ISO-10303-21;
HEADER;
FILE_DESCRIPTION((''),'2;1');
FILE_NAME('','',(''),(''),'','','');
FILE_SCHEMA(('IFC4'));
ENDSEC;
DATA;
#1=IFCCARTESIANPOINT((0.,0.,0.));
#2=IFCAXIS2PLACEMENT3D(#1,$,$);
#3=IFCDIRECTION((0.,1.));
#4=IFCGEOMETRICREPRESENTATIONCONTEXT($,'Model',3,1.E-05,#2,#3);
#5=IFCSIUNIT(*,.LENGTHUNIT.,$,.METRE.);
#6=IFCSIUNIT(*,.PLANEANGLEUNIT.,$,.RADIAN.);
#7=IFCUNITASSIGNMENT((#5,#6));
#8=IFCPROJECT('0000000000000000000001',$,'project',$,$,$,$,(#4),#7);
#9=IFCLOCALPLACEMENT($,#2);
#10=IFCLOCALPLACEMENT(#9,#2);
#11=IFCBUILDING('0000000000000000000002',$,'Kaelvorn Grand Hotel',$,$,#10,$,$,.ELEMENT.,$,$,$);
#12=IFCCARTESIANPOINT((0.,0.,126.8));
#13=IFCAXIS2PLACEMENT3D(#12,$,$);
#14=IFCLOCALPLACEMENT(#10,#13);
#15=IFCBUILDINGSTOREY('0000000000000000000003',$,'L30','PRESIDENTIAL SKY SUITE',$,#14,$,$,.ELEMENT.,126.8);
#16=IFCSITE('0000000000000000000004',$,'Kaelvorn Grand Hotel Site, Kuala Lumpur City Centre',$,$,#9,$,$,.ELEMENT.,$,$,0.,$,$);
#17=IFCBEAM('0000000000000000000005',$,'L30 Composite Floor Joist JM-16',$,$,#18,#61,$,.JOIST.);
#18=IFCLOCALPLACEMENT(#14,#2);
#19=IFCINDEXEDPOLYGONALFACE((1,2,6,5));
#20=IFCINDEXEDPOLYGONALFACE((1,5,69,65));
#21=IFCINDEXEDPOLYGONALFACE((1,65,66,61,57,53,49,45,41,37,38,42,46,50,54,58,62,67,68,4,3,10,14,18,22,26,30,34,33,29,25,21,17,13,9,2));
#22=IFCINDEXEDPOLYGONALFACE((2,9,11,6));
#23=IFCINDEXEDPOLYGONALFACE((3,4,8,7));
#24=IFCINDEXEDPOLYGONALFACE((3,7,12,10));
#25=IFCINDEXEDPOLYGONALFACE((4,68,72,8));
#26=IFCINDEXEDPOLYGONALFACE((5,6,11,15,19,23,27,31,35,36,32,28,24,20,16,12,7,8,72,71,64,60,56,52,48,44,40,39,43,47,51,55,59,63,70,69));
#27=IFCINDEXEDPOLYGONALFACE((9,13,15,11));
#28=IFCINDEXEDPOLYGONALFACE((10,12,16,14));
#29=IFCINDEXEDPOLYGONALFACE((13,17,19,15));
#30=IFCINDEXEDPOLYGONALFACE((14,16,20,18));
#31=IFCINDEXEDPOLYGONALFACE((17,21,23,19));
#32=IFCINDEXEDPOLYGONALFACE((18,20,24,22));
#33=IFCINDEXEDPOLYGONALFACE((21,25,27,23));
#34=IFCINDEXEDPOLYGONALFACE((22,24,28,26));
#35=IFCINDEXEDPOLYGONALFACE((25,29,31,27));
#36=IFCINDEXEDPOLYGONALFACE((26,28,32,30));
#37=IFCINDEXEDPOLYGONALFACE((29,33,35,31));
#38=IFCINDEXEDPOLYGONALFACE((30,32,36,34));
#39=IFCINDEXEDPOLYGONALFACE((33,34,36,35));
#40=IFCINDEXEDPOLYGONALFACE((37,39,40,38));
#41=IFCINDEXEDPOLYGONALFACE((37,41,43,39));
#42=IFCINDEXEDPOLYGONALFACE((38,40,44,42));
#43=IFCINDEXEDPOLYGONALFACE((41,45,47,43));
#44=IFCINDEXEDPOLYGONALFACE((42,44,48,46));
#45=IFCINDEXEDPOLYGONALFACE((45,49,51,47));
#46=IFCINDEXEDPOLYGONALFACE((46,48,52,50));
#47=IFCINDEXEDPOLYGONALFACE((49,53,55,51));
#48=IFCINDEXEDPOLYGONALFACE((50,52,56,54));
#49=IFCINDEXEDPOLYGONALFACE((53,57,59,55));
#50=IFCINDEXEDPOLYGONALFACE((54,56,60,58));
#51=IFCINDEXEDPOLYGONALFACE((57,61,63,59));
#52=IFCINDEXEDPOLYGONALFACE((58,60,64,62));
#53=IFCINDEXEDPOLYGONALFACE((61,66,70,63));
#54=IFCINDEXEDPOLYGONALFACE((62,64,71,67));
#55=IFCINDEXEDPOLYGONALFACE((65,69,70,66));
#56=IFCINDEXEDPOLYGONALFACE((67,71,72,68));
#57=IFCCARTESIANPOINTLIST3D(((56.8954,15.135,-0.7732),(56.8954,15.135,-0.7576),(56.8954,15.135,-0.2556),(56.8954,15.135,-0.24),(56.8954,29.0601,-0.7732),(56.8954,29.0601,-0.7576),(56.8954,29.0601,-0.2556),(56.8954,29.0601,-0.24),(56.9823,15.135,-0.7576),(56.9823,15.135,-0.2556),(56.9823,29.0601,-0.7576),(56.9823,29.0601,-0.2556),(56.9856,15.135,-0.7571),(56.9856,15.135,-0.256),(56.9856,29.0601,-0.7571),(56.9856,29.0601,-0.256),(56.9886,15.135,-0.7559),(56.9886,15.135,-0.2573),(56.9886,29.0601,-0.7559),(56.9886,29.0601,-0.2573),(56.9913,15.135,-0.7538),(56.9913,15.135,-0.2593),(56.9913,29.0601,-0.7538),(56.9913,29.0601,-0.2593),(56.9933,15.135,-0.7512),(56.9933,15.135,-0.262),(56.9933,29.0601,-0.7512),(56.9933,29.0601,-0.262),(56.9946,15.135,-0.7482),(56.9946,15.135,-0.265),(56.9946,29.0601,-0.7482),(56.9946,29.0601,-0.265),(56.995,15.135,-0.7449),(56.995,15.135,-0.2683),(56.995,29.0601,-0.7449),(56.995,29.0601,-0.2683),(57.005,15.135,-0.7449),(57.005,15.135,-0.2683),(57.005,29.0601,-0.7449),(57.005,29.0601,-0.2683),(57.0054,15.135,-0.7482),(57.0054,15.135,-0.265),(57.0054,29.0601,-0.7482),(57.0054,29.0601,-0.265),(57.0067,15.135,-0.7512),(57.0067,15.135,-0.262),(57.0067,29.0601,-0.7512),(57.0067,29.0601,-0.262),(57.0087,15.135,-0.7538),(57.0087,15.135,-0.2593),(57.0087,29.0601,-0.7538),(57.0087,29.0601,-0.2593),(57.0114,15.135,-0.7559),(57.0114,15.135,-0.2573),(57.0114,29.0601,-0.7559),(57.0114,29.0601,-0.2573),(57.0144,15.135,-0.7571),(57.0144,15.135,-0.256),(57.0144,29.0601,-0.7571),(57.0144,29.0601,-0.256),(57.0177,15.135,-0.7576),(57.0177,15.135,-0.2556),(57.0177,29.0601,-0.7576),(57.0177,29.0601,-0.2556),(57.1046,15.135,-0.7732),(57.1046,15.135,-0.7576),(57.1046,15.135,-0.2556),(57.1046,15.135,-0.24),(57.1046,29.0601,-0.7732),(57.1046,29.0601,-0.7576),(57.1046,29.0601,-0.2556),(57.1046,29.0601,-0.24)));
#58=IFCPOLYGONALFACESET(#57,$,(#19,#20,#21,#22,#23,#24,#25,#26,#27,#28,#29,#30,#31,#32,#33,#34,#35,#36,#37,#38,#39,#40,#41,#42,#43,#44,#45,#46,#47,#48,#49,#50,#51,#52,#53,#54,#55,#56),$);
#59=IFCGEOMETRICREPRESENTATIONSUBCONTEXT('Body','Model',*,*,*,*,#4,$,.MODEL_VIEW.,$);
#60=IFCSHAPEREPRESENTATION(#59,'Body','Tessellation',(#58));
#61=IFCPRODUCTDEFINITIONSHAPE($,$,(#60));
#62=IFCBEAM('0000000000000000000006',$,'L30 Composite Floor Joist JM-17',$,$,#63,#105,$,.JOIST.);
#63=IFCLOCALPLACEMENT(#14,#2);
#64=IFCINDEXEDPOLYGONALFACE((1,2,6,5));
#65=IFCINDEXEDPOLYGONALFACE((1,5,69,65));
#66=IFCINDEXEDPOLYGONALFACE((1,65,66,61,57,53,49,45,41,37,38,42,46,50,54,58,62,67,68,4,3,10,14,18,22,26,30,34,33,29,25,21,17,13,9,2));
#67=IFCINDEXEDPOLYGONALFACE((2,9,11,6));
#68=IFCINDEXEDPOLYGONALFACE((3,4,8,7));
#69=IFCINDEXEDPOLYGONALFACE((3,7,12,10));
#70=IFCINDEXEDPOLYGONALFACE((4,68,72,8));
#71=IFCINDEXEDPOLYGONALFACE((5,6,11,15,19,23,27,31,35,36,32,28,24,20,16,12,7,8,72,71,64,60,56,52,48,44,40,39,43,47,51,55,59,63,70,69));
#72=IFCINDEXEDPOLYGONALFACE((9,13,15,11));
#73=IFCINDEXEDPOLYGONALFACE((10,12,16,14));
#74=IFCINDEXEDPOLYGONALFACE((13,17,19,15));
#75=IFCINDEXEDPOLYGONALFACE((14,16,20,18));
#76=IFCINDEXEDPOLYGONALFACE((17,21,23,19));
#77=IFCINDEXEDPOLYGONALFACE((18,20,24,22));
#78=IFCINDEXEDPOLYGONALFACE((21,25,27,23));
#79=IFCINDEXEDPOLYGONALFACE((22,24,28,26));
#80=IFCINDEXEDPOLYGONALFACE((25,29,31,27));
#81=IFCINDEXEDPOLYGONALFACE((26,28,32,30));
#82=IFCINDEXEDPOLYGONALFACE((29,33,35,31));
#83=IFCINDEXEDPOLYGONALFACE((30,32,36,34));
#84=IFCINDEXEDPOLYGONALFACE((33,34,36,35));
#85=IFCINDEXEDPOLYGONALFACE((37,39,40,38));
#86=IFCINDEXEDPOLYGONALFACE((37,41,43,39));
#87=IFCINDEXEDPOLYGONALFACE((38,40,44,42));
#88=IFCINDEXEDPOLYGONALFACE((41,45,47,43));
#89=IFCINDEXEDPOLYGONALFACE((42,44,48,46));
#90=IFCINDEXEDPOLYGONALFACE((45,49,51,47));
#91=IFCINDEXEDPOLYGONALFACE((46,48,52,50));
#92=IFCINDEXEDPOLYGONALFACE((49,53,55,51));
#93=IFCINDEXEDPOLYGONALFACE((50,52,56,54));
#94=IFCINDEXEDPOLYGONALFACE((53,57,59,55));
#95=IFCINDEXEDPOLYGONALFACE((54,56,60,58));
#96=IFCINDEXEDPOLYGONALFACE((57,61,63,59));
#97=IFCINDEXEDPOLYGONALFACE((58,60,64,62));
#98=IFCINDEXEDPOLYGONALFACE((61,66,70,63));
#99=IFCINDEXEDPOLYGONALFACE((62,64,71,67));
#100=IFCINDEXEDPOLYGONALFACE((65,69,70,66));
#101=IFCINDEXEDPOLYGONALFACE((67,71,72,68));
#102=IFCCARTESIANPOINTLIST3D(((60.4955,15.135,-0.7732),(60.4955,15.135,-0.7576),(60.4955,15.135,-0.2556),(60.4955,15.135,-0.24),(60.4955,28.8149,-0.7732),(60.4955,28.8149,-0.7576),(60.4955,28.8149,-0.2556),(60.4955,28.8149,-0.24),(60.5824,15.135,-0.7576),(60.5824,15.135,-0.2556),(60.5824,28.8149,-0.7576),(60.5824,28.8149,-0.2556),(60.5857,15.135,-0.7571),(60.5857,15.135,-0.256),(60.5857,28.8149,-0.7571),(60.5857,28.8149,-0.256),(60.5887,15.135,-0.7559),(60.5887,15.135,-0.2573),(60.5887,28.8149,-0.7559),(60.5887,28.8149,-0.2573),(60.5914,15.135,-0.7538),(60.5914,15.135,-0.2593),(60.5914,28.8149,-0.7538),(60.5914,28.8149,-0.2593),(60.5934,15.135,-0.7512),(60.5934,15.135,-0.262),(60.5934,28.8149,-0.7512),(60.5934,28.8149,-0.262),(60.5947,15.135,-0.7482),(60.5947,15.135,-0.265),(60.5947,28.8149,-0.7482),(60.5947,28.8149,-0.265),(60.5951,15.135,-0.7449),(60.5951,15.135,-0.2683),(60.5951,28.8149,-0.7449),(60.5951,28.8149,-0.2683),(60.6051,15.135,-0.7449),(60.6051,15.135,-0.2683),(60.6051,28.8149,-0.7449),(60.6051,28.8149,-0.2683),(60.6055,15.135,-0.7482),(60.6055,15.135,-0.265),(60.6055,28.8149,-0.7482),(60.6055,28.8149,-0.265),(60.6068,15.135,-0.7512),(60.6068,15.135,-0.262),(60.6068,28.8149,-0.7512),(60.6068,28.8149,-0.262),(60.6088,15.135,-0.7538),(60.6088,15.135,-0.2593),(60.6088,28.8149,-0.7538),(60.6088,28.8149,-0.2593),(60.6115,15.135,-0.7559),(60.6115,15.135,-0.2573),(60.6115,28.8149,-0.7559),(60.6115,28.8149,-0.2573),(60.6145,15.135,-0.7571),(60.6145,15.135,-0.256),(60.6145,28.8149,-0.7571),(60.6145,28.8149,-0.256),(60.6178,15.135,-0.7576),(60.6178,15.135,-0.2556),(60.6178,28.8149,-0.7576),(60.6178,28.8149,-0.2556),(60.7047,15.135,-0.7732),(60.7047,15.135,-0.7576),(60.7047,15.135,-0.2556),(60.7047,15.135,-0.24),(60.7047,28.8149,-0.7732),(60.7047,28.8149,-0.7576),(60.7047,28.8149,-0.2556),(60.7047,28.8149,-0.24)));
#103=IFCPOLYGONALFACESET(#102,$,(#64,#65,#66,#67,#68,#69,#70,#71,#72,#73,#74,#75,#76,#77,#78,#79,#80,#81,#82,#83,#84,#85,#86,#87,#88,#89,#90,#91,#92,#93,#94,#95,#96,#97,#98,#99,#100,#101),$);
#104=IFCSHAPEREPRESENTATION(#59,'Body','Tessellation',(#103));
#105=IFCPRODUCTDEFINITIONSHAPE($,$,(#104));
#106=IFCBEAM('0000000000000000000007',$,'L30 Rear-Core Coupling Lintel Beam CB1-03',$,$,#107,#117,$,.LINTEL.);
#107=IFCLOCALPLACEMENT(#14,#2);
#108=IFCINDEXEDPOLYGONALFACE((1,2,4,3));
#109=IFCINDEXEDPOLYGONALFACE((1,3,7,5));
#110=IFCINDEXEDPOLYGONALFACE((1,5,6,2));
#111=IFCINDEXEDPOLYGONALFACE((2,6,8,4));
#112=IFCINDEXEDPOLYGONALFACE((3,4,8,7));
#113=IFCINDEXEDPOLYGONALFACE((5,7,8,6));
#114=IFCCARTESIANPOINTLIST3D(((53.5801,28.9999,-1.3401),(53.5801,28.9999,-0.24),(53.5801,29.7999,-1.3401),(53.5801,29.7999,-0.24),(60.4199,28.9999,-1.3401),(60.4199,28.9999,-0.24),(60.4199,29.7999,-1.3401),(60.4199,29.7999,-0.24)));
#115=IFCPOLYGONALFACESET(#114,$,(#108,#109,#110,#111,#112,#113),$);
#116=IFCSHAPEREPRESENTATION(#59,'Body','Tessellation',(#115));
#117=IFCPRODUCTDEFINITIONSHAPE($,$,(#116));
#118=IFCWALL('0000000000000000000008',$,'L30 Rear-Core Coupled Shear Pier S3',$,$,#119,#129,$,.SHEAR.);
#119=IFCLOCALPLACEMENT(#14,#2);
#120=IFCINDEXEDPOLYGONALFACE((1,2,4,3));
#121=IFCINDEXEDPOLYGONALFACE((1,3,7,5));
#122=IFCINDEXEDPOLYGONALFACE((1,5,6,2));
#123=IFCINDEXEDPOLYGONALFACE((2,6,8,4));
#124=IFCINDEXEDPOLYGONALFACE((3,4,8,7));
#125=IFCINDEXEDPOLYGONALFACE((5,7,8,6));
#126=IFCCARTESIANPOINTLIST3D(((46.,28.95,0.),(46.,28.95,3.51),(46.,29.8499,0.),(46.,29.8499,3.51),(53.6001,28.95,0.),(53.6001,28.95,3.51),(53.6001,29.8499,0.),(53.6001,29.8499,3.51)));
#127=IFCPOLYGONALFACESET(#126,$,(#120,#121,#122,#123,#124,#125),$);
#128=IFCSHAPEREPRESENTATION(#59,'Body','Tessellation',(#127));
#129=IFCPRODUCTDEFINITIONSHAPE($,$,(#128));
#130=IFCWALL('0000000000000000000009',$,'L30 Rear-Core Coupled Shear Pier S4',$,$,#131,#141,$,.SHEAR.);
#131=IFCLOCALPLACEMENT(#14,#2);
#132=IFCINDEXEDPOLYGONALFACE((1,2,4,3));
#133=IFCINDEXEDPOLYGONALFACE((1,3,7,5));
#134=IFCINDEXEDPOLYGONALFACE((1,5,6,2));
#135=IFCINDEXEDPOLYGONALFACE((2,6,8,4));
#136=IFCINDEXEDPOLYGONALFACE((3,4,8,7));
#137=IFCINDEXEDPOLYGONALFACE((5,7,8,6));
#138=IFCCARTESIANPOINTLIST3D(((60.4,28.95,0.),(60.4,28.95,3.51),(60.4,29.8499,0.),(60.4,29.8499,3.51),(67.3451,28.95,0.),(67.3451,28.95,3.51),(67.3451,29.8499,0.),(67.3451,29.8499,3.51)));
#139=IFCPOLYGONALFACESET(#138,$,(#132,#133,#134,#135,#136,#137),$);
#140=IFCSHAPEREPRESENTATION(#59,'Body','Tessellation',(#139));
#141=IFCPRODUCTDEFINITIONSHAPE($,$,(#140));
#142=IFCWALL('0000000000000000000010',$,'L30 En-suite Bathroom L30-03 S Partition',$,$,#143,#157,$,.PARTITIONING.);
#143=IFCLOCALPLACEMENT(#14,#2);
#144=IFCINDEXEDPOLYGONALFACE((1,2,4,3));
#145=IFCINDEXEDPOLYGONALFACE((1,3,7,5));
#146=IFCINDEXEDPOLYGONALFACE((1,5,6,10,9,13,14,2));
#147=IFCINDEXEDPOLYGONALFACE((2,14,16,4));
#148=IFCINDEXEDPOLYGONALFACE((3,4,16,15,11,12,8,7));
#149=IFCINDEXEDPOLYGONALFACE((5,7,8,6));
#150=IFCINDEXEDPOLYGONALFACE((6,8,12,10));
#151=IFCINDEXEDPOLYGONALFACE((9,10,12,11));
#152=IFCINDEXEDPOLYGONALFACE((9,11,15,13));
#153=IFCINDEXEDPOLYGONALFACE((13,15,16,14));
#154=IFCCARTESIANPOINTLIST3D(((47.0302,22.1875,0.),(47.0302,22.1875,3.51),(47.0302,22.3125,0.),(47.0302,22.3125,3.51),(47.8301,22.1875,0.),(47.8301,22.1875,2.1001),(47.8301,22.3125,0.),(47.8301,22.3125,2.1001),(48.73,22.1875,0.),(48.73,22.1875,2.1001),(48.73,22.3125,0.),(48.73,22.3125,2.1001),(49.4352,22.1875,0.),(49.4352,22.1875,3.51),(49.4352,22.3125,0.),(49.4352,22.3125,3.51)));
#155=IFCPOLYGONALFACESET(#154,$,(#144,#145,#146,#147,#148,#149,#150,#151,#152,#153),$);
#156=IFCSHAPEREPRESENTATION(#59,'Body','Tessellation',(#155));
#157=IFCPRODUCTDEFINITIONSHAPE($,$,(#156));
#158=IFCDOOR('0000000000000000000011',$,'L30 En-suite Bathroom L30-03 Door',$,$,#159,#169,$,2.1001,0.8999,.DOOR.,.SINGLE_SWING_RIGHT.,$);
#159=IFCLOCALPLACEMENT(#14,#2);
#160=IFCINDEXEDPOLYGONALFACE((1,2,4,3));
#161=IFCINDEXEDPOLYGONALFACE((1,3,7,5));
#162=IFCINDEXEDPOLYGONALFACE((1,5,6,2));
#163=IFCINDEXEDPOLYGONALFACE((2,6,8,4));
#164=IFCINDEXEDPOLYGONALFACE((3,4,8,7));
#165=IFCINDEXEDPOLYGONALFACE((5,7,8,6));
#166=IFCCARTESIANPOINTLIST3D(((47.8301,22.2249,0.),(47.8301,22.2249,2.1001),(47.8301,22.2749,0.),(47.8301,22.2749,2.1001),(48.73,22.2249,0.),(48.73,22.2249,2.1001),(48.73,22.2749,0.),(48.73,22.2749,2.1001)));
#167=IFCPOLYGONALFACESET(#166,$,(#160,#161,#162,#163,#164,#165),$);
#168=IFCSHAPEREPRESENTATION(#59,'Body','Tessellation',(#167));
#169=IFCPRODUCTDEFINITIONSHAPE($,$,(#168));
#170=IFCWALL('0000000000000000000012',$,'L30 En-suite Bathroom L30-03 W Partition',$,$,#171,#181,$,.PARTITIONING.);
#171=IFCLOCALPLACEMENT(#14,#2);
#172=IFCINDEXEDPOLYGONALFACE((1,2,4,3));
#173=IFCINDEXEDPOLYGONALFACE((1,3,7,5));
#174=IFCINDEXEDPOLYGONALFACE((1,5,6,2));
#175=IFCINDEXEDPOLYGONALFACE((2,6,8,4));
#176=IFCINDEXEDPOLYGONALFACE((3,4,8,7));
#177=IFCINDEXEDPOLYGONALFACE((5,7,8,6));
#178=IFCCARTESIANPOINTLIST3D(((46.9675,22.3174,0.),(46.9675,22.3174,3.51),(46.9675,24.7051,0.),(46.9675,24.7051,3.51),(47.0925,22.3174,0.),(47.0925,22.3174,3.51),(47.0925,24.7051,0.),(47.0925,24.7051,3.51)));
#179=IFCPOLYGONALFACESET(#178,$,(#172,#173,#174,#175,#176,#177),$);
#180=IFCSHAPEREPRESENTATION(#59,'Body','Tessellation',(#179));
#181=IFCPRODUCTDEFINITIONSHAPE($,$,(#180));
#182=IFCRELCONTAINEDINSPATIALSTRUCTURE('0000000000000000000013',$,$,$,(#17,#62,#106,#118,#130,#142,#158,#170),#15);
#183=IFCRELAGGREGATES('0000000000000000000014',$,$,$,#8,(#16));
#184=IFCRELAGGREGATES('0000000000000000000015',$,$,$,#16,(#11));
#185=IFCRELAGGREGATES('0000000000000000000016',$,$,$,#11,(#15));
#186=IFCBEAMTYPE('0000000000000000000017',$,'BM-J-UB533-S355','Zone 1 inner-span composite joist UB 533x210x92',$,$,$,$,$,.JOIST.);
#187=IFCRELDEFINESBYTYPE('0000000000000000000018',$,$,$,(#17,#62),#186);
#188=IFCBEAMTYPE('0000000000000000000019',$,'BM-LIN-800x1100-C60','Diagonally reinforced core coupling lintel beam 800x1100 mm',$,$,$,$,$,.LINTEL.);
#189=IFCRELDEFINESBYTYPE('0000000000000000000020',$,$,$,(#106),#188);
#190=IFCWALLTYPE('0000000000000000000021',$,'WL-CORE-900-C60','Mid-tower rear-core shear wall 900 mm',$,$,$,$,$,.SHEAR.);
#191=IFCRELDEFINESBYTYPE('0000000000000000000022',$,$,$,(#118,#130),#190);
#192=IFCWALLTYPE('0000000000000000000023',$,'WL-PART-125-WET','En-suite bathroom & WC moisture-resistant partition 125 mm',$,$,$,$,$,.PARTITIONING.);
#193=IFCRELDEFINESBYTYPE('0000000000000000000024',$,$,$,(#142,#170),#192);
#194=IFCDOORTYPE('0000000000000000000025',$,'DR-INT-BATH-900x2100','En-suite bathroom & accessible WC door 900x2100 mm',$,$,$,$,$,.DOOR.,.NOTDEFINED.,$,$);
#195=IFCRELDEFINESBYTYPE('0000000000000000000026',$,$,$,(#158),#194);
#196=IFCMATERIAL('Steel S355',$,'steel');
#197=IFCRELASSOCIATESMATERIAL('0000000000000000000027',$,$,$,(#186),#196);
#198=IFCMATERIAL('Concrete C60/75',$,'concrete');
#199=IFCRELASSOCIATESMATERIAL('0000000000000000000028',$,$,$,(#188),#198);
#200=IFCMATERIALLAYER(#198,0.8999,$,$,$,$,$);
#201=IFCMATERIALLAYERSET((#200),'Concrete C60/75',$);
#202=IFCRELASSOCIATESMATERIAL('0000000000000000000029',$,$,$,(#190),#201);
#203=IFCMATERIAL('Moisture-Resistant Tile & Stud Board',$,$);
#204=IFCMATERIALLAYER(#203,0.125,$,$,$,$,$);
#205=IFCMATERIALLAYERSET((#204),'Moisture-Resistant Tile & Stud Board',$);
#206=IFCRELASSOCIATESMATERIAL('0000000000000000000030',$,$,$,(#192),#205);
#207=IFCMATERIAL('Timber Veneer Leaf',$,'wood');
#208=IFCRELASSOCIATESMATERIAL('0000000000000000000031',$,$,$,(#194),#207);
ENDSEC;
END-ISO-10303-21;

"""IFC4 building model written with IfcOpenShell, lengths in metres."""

from ifc_helpers import new_model, si_unit, direction, frame, frame_2d, origin, origin_2d, place, context, subcontext, project, spatial, rectangle, i_section, extrude, material, layer, layer_set, material_profile, profile_set, type_object, element, fill, save


model = new_model("IFC4")

# Units and contexts
model_context = context("Model", 3, precision=1e-05, world=origin(), true_north=direction((0.0, 1.0)))
body_context = subcontext(model_context, "Body", "Model", "MODEL_VIEW")
ifc_project = project(units=[si_unit("LENGTHUNIT", "METRE"), si_unit("PLANEANGLEUNIT", "RADIAN")], contexts=[model_context])

# Site, building, storey
site_placement = place(None, origin())
site = spatial("IfcSite", under=ifc_project, at=site_placement, Name="Kaelvorn Grand Hotel Site, Kuala Lumpur City Centre", CompositionType="ELEMENT", RefElevation=0.0)
building_placement = place(site_placement, origin())
building = spatial("IfcBuilding", under=site, at=building_placement, Name="Kaelvorn Grand Hotel", CompositionType="ELEMENT")
storey_placement = place(building_placement, frame((0.0, 0.0, 126.8)))
storey = spatial("IfcBuildingStorey", under=building, at=storey_placement, Name="L30", Description="PRESIDENTIAL SKY SUITE", CompositionType="ELEMENT", Elevation=126.8)

# Shared definitions
ifc_material_1 = material(Name="Concrete C60/75", Category="concrete")

# Beams
ifc_material_2 = material(Name="Steel S355", Category="steel")
ifc_material_profile_1 = material_profile(ifc_material_2, i_section(OverallWidth=0.2092, OverallDepth=0.5332, WebThickness=0.01, FlangeThickness=0.0156, FilletRadius=0.0127, at=origin_2d()), Name="UB 533x210x92")
ifc_profile_set_1 = profile_set([ifc_material_profile_1], Name="Steel S355")
beam_type_1 = type_object("IfcBeamType", Name="BM-J-UB533-S355", Description="Zone 1 inner-span composite joist UB 533x210x92", PredefinedType="JOIST", material=ifc_profile_set_1)
beam_1_placement = place(storey_placement, frame((57.0, 15.135, -0.5066), z_axis=(0.0, 1.0, 0.0), x_axis=(-1.0, 0.0, 0.0)))
element("IfcBeam", 1, at=beam_1_placement, inside=storey, type_object=beam_type_1, Name="L30 Composite Floor Joist JM-16", PredefinedType="JOIST", context=body_context, shape_type="SweptSolid", body=[
    extrude(i_section(OverallWidth=0.2092, OverallDepth=0.5332, WebThickness=0.01, FlangeThickness=0.0156, FilletRadius=0.0127, at=origin_2d()), origin(), (0.0, 0.0, 1.0), 13.925),
])
beam_2_placement = place(storey_placement, frame((60.6001, 15.135, -0.5066), z_axis=(0.0, 1.0, 0.0), x_axis=(-1.0, 0.0, 0.0)))
element("IfcBeam", 2, at=beam_2_placement, inside=storey, type_object=beam_type_1, Name="L30 Composite Floor Joist JM-17", PredefinedType="JOIST", context=body_context, shape_type="SweptSolid", body=[
    extrude(i_section(OverallWidth=0.2092, OverallDepth=0.5332, WebThickness=0.01, FlangeThickness=0.0156, FilletRadius=0.0127, at=origin_2d()), origin(), (0.0, 0.0, 1.0), 13.6799),
])
ifc_material_profile_2 = material_profile(ifc_material_1, rectangle(XDim=0.8, YDim=1.1001, at=origin_2d()), Name="RC LINTEL 800x1100")
ifc_profile_set_2 = profile_set([ifc_material_profile_2], Name="Concrete C60/75")
beam_type_2 = type_object("IfcBeamType", Name="BM-LIN-800x1100-C60", Description="Diagonally reinforced core coupling lintel beam 800x1100 mm", PredefinedType="LINTEL", material=ifc_profile_set_2)
beam_3_placement = place(storey_placement, frame((53.5801, 29.3999, -0.79), z_axis=(1.0, 0.0, 0.0), x_axis=(0.0, 1.0, 0.0)))
element("IfcBeam", 3, at=beam_3_placement, inside=storey, type_object=beam_type_2, Name="L30 Rear-Core Coupling Lintel Beam CB1-03", PredefinedType="LINTEL", context=body_context, shape_type="SweptSolid", body=[
    extrude(rectangle(XDim=0.8, YDim=1.1001, at=origin_2d()), origin(), (0.0, 0.0, 1.0), 6.8398),
])

# Walls
ifc_layer_1 = layer(ifc_material_1, 0.8999)
ifc_layer_set_1 = layer_set([ifc_layer_1], Name="Concrete C60/75")
wall_type_1 = type_object("IfcWallType", Name="WL-CORE-900-C60", Description="Mid-tower rear-core shear wall 900 mm", PredefinedType="SHEAR", material=ifc_layer_set_1)
wall_1_placement = place(storey_placement, frame((46.0, 29.3999, 0.0), z_axis=(0.0, 0.0, 1.0), x_axis=(1.0, 0.0, 0.0)))
element("IfcWall", 4, at=wall_1_placement, inside=storey, type_object=wall_type_1, Name="L30 Rear-Core Coupled Shear Pier S3", PredefinedType="SHEAR", context=body_context, shape_type="SweptSolid", body=[
    extrude(rectangle(XDim=7.6001, YDim=0.8999, at=frame_2d((3.8, 0.0))), origin(), (0.0, 0.0, 1.0), 3.51),
])
wall_2_placement = place(storey_placement, frame((60.3999, 29.3999, 0.0), z_axis=(0.0, 0.0, 1.0), x_axis=(1.0, 0.0, 0.0)))
element("IfcWall", 5, at=wall_2_placement, inside=storey, type_object=wall_type_1, Name="L30 Rear-Core Coupled Shear Pier S4", PredefinedType="SHEAR", context=body_context, shape_type="SweptSolid", body=[
    extrude(rectangle(XDim=6.9451, YDim=0.8999, at=frame_2d((3.4727, 0.0))), origin(), (0.0, 0.0, 1.0), 3.51),
])

# Wall, opening, door
ifc_material_3 = material(Name="Moisture-Resistant Tile & Stud Board")
ifc_layer_2 = layer(ifc_material_3, 0.125)
ifc_layer_set_2 = layer_set([ifc_layer_2], Name="Moisture-Resistant Tile & Stud Board")
wall_type_2 = type_object("IfcWallType", Name="WL-PART-125-WET", Description="En-suite bathroom & WC moisture-resistant partition 125 mm", PredefinedType="PARTITIONING", material=ifc_layer_set_2)
wall_3_placement = place(storey_placement, frame((47.03, 22.25, 0.0), z_axis=(0.0, 0.0, 1.0), x_axis=(1.0, 0.0, 0.0)))
wall_3 = element("IfcWall", 6, at=wall_3_placement, inside=storey, type_object=wall_type_2, Name="L30 En-suite Bathroom L30-03 S Partition", PredefinedType="PARTITIONING", context=body_context, shape_type="SweptSolid", body=[
    extrude(rectangle(XDim=2.405, YDim=0.125, at=frame_2d((1.2026, 0.0))), origin(), (0.0, 0.0, 1.0), 3.51),
])
opening_1_placement = place(wall_3_placement, frame((0.8, 0.0, 0.0)))
opening_1 = element("IfcOpeningElement", 7, at=opening_1_placement, cuts=wall_3, PredefinedType="OPENING", context=body_context, shape_type="SweptSolid", body=[
    extrude(rectangle(XDim=0.8999, YDim=2.1001, at=frame_2d((0.45, 1.05))), frame((0.0, 0.0725, 0.0), z_axis=(0.0, -1.0, 0.0), x_axis=(1.0, 0.0, 0.0)), (0.0, 0.0, 1.0), 0.145),
])
ifc_material_4 = material(Name="Timber Veneer Leaf", Category="wood")
door_type_1 = type_object("IfcDoorType", Name="DR-INT-BATH-900x2100", Description="En-suite bathroom & accessible WC door 900x2100 mm", OperationType="NOTDEFINED", PredefinedType="DOOR", material=ifc_material_4)
door_1_placement = place(opening_1_placement, origin())
door_1 = element("IfcDoor", 8, at=door_1_placement, inside=storey, type_object=door_type_1, Name="L30 En-suite Bathroom L30-03 Door", OperationType="SINGLE_SWING_RIGHT", OverallHeight=2.1001, OverallWidth=0.8999, PredefinedType="DOOR", context=body_context, shape_type="SweptSolid", body=[
    extrude(rectangle(XDim=0.8999, YDim=2.1001, at=frame_2d((0.45, 1.05))), frame((0.0, 0.0249, 0.0), z_axis=(0.0, -1.0, 0.0), x_axis=(1.0, 0.0, 0.0)), (0.0, 0.0, 1.0), 0.05),
])
fill(opening_1, door_1)

# Wall
wall_4_placement = place(storey_placement, frame((47.03, 22.3174, 0.0), z_axis=(0.0, 0.0, 1.0), x_axis=(0.0, 1.0, 0.0)))
element("IfcWall", 9, at=wall_4_placement, inside=storey, type_object=wall_type_2, Name="L30 En-suite Bathroom L30-03 W Partition", PredefinedType="PARTITIONING", context=body_context, shape_type="SweptSolid", body=[
    extrude(rectangle(XDim=2.3877, YDim=0.125, at=frame_2d((1.1938, 0.0))), origin(), (0.0, 0.0, 1.0), 3.51),
])

save(model, "model.ifc")
